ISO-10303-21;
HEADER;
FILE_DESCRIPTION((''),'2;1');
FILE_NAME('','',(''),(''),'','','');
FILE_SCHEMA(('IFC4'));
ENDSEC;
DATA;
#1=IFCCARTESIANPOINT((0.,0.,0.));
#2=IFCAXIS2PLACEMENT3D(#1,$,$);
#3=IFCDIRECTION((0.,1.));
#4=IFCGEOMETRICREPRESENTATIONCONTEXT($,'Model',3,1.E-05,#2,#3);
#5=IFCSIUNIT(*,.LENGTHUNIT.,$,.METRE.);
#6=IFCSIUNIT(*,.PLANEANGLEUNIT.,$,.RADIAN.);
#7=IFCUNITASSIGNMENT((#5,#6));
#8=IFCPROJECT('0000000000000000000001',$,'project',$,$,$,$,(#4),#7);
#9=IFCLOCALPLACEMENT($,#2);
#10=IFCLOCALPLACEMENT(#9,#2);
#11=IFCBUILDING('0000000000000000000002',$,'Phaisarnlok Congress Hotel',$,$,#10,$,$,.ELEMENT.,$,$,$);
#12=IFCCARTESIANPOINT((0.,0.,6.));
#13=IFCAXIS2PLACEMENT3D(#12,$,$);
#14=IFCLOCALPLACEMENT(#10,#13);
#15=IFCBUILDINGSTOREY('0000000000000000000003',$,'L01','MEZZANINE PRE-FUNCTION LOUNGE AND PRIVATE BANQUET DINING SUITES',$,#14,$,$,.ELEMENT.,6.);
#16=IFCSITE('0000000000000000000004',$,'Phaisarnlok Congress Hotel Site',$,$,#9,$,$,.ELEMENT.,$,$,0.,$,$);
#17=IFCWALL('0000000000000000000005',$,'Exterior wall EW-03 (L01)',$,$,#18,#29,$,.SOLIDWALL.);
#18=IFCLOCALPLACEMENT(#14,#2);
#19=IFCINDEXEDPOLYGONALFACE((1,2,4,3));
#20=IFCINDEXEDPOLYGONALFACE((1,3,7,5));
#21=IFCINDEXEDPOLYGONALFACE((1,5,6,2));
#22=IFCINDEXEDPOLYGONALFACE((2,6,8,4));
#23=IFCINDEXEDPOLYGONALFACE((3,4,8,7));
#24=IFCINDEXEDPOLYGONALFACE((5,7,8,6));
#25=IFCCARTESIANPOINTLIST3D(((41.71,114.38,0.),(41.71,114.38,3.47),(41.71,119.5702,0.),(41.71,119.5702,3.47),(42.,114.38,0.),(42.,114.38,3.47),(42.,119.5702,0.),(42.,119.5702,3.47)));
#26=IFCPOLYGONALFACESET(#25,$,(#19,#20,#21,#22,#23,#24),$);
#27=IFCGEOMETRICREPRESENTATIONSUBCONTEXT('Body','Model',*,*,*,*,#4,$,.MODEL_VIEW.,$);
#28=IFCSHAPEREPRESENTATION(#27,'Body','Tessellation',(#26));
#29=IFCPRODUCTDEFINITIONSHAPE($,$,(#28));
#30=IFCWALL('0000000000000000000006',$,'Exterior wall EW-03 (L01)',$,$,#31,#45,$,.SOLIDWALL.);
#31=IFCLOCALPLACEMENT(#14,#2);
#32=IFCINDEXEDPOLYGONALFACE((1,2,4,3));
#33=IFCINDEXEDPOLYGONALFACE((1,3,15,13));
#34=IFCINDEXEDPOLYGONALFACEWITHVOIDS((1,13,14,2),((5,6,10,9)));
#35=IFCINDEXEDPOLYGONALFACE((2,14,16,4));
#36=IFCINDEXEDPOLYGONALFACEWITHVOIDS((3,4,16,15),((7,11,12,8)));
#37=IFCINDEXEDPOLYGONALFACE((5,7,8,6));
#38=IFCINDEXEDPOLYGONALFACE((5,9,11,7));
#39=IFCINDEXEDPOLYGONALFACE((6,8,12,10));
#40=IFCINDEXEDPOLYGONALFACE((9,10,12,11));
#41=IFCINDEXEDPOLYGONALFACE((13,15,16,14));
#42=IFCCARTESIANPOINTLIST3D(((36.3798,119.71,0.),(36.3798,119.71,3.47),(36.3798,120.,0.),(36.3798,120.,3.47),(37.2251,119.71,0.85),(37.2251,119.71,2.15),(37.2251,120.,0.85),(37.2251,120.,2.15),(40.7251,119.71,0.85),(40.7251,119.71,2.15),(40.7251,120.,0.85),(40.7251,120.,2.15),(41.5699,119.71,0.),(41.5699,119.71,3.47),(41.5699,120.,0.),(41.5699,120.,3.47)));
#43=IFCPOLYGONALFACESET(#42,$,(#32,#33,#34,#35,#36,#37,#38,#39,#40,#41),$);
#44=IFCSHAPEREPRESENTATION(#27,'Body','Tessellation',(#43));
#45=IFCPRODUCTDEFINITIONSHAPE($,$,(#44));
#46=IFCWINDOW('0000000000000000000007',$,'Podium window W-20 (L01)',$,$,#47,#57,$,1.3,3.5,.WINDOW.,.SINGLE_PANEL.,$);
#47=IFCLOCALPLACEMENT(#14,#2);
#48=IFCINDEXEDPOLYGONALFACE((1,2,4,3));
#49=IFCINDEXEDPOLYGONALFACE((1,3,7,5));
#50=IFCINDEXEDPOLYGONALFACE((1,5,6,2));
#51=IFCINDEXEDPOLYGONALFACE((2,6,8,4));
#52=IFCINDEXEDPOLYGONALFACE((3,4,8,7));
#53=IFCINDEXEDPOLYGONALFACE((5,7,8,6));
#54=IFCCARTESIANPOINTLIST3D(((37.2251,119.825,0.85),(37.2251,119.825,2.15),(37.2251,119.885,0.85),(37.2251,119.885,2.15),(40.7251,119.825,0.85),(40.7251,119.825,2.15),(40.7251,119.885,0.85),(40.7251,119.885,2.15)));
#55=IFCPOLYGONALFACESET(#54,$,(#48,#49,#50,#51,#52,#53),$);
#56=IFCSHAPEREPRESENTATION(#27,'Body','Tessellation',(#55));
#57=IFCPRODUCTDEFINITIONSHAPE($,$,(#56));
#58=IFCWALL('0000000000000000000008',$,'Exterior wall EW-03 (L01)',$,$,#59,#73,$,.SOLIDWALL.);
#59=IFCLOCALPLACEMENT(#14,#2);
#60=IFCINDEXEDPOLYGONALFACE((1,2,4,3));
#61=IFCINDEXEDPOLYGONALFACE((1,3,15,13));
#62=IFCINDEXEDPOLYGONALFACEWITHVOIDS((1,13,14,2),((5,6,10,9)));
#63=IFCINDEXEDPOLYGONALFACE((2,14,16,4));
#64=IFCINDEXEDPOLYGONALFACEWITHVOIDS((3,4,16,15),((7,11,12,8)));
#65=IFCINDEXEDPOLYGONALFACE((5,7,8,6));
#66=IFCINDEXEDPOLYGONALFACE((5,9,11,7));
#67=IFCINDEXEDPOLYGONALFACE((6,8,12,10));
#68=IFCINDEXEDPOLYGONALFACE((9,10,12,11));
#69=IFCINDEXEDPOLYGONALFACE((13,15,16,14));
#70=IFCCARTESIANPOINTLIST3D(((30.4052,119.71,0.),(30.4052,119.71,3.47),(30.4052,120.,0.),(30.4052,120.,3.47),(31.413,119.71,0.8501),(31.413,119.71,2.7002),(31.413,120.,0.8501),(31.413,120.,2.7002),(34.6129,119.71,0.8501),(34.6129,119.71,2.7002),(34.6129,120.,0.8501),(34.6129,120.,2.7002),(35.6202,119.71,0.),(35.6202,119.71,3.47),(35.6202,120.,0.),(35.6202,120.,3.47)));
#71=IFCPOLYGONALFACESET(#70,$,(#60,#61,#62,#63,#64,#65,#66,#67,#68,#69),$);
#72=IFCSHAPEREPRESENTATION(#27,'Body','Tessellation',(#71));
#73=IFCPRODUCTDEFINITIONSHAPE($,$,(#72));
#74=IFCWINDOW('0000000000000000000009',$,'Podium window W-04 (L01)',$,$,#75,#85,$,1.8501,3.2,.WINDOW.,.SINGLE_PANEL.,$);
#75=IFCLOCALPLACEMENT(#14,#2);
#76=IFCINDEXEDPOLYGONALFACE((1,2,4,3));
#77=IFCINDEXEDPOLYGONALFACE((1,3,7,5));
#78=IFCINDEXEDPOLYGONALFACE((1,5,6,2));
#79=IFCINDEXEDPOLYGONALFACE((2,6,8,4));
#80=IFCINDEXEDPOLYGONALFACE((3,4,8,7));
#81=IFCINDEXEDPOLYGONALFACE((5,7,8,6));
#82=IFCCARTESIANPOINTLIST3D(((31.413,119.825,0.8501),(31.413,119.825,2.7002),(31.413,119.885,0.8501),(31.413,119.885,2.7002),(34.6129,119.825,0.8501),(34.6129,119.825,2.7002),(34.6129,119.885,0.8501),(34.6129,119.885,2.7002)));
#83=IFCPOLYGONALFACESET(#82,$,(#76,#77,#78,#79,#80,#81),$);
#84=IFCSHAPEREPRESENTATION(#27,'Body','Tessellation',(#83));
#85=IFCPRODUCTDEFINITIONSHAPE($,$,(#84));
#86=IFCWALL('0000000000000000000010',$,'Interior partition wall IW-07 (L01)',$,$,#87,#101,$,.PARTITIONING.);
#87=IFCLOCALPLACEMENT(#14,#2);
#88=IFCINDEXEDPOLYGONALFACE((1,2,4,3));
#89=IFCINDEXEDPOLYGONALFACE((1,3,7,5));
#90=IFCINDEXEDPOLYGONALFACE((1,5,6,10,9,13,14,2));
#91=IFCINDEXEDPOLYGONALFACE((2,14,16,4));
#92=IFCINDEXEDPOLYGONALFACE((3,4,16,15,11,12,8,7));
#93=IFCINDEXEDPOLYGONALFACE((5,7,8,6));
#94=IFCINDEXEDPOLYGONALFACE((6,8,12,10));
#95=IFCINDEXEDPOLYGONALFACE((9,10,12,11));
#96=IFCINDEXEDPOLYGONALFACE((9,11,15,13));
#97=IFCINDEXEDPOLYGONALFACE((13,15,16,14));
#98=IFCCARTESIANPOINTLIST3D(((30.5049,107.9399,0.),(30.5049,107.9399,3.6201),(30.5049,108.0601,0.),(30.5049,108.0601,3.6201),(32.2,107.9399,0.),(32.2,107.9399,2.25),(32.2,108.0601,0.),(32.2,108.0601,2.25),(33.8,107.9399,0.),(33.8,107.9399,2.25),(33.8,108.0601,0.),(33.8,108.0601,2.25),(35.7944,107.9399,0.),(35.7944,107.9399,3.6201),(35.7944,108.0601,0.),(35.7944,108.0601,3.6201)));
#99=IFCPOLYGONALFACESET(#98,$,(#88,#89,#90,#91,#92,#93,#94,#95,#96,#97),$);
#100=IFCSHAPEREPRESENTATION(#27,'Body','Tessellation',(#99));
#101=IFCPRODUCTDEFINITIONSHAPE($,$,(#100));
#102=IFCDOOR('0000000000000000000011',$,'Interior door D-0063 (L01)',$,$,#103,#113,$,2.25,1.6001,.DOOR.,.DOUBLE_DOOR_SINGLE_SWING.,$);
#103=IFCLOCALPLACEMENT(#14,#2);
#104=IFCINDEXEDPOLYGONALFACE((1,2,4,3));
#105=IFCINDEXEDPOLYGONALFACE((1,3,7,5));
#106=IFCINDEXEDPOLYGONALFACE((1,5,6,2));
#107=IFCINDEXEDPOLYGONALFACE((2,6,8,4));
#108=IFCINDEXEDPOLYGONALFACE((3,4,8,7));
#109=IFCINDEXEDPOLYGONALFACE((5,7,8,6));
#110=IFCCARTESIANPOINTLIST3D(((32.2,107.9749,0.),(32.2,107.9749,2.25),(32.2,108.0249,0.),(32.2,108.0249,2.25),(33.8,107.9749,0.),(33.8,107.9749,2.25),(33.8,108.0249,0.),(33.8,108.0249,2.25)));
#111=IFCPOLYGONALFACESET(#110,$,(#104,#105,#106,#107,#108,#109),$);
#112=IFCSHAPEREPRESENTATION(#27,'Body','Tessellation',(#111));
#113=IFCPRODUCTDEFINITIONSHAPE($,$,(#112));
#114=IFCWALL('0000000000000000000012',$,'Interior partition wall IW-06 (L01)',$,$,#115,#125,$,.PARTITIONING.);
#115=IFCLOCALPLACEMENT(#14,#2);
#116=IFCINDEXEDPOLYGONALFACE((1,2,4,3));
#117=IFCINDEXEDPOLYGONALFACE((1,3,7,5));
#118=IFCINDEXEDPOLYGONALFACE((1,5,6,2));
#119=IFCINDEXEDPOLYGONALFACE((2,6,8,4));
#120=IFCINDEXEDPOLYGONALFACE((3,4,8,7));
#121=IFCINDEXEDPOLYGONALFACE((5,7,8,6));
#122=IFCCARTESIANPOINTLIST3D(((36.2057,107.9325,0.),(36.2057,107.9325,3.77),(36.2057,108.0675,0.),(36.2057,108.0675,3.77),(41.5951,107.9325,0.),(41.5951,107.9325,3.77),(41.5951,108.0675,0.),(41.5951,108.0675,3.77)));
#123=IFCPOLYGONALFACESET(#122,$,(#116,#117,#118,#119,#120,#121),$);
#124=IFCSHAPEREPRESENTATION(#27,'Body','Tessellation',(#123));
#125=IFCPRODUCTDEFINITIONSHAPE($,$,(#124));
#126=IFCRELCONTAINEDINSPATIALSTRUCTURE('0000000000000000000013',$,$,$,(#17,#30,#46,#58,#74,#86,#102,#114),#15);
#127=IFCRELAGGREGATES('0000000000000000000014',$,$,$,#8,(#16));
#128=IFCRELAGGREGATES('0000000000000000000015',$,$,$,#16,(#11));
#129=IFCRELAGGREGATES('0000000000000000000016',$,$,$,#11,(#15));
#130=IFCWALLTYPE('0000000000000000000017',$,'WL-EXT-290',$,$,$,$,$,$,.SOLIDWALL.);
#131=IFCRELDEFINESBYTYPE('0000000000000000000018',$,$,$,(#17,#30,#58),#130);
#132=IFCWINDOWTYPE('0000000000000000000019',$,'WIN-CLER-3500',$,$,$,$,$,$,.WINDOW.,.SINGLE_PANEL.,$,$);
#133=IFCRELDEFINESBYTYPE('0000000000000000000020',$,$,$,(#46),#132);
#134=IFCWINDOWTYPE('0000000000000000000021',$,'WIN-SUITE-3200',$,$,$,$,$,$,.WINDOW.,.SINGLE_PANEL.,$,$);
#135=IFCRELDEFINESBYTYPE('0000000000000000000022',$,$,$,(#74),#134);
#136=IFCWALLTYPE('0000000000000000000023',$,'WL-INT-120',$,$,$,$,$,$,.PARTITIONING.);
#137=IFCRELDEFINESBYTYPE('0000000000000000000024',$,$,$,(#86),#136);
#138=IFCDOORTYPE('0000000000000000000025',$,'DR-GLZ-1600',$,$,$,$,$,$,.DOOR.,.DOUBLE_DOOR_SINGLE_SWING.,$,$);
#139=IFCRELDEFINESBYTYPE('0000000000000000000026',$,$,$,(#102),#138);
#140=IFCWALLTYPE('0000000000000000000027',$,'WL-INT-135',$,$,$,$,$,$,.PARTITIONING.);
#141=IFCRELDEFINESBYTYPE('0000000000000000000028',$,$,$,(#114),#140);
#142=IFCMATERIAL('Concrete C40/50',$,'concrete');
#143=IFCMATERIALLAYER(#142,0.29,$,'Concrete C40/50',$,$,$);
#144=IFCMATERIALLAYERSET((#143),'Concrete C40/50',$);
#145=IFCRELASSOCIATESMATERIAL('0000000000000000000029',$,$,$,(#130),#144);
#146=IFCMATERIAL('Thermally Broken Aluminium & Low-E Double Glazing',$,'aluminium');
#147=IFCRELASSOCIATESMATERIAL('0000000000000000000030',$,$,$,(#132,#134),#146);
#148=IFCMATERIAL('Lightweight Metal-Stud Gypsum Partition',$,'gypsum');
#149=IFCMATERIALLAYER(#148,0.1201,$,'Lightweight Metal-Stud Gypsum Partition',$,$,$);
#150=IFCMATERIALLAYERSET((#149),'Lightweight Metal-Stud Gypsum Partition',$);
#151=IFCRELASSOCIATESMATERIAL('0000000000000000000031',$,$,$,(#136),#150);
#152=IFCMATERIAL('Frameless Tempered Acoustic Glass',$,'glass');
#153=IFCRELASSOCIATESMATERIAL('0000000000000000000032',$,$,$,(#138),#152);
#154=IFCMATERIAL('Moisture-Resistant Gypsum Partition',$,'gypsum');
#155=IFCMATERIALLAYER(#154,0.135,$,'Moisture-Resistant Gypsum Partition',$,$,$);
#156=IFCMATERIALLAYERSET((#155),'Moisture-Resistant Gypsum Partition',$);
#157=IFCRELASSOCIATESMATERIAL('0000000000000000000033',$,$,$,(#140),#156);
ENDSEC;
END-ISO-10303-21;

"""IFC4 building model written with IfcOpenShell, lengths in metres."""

from ifc_helpers import new_model, si_unit, direction, frame, frame_2d, origin, place, context, subcontext, project, spatial, rectangle, extrude, material, layer, layer_set, type_object, element, fill, save


model = new_model("IFC4")

# Units and contexts
model_context = context("Model", 3, precision=1e-05, world=origin(), true_north=direction((0.0, 1.0)))
body_context = subcontext(model_context, "Body", "Model", "MODEL_VIEW")
ifc_project = project(units=[si_unit("LENGTHUNIT", "METRE"), si_unit("PLANEANGLEUNIT", "RADIAN")], contexts=[model_context])

# Site, building, storey
site_placement = place(None, origin())
site = spatial("IfcSite", under=ifc_project, at=site_placement, Name="Phaisarnlok Congress Hotel Site", CompositionType="ELEMENT", RefElevation=0.0)
building_placement = place(site_placement, origin())
building = spatial("IfcBuilding", under=site, at=building_placement, Name="Phaisarnlok Congress Hotel", CompositionType="ELEMENT")
storey_placement = place(building_placement, frame((0.0, 0.0, 6.0)))
storey = spatial("IfcBuildingStorey", under=building, at=storey_placement, Name="L01", Description="MEZZANINE PRE-FUNCTION LOUNGE AND PRIVATE BANQUET DINING SUITES", CompositionType="ELEMENT", Elevation=6.0)

# Shared definitions
ifc_material_1 = material(Name="Concrete C40/50", Category="concrete")

# Shared definitions
ifc_layer_1 = layer(ifc_material_1, 0.29, Name="Concrete C40/50")
ifc_layer_set_1 = layer_set([ifc_layer_1], Name="Concrete C40/50")
wall_type_1 = type_object("IfcWallType", Name="WL-EXT-290", PredefinedType="SOLIDWALL", material=ifc_layer_set_1)
ifc_material_2 = material(Name="Thermally Broken Aluminium & Low-E Double Glazing", Category="aluminium")

# Wall
wall_1_placement = place(storey_placement, frame((41.855, 114.3799, 0.0), z_axis=(0.0, 0.0, 1.0), x_axis=(0.0, 1.0, 0.0)))
element("IfcWall", 1, at=wall_1_placement, inside=storey, type_object=wall_type_1, Name="Exterior wall EW-03 (L01)", PredefinedType="SOLIDWALL", context=body_context, shape_type="SweptSolid", body=[
    extrude(rectangle(XDim=5.1902, YDim=0.29, at=frame_2d((2.5952, 0.0))), origin(), (0.0, 0.0, 1.0), 3.47),
])

# Walls, openings, windows
wall_2_placement = place(storey_placement, frame((41.5701, 119.855, 0.0), z_axis=(0.0, 0.0, 1.0), x_axis=(-1.0, 0.0, 0.0)))
wall_2 = element("IfcWall", 2, at=wall_2_placement, inside=storey, type_object=wall_type_1, Name="Exterior wall EW-03 (L01)", PredefinedType="SOLIDWALL", context=body_context, shape_type="SweptSolid", body=[
    extrude(rectangle(XDim=5.1902, YDim=0.29, at=frame_2d((2.5952, 0.0))), origin(), (0.0, 0.0, 1.0), 3.47),
])
opening_1_placement = place(wall_2_placement, frame((0.845, 0.0, 0.8501)))
opening_1 = element("IfcOpeningElement", 3, at=opening_1_placement, cuts=wall_2, PredefinedType="OPENING", context=body_context, shape_type="SweptSolid", body=[
    extrude(rectangle(XDim=3.5, YDim=1.3, at=frame_2d((1.75, 0.6499))), frame((0.0, 0.155, 0.0), z_axis=(0.0, -1.0, 0.0), x_axis=(1.0, 0.0, 0.0)), (0.0, 0.0, 1.0), 0.3101),
])
window_type_1 = type_object("IfcWindowType", Name="WIN-CLER-3500", PartitioningType="SINGLE_PANEL", PredefinedType="WINDOW", material=ifc_material_2)
window_1_placement = place(opening_1_placement, origin())
window_1 = element("IfcWindow", 4, at=window_1_placement, inside=storey, type_object=window_type_1, Name="Podium window W-20 (L01)", OverallHeight=1.3, OverallWidth=3.5, PartitioningType="SINGLE_PANEL", PredefinedType="WINDOW", context=body_context, shape_type="SweptSolid", body=[
    extrude(rectangle(XDim=3.5, YDim=1.3, at=frame_2d((1.75, 0.6499))), frame((0.0, 0.03, 0.0), z_axis=(0.0, -1.0, 0.0), x_axis=(1.0, 0.0, 0.0)), (0.0, 0.0, 1.0), 0.0601),
])
fill(opening_1, window_1)
wall_3_placement = place(storey_placement, frame((35.6201, 119.855, 0.0), z_axis=(0.0, 0.0, 1.0), x_axis=(-1.0, 0.0, 0.0)))
wall_3 = element("IfcWall", 5, at=wall_3_placement, inside=storey, type_object=wall_type_1, Name="Exterior wall EW-03 (L01)", PredefinedType="SOLIDWALL", context=body_context, shape_type="SweptSolid", body=[
    extrude(rectangle(XDim=5.2151, YDim=0.29, at=frame_2d((2.6074, 0.0))), origin(), (0.0, 0.0, 1.0), 3.47),
])
opening_2_placement = place(wall_3_placement, frame((1.0071, 0.0, 0.8501)))
opening_2 = element("IfcOpeningElement", 6, at=opening_2_placement, cuts=wall_3, PredefinedType="OPENING", context=body_context, shape_type="SweptSolid", body=[
    extrude(rectangle(XDim=3.2, YDim=1.8501, at=frame_2d((1.6001, 0.925))), frame((0.0, 0.155, 0.0), z_axis=(0.0, -1.0, 0.0), x_axis=(1.0, 0.0, 0.0)), (0.0, 0.0, 1.0), 0.3101),
])
window_type_2 = type_object("IfcWindowType", Name="WIN-SUITE-3200", PartitioningType="SINGLE_PANEL", PredefinedType="WINDOW", material=ifc_material_2)
window_2_placement = place(opening_2_placement, origin())
window_2 = element("IfcWindow", 7, at=window_2_placement, inside=storey, type_object=window_type_2, Name="Podium window W-04 (L01)", OverallHeight=1.8501, OverallWidth=3.2, PartitioningType="SINGLE_PANEL", PredefinedType="WINDOW", context=body_context, shape_type="SweptSolid", body=[
    extrude(rectangle(XDim=3.2, YDim=1.8501, at=frame_2d((1.6001, 0.925))), frame((0.0, 0.03, 0.0), z_axis=(0.0, -1.0, 0.0), x_axis=(1.0, 0.0, 0.0)), (0.0, 0.0, 1.0), 0.0601),
])
fill(opening_2, window_2)

# Wall, opening, door
ifc_material_3 = material(Name="Lightweight Metal-Stud Gypsum Partition", Category="gypsum")
ifc_layer_2 = layer(ifc_material_3, 0.1201, Name="Lightweight Metal-Stud Gypsum Partition")
ifc_layer_set_2 = layer_set([ifc_layer_2], Name="Lightweight Metal-Stud Gypsum Partition")
wall_type_2 = type_object("IfcWallType", Name="WL-INT-120", PredefinedType="PARTITIONING", material=ifc_layer_set_2)
wall_4_placement = place(storey_placement, frame((30.5049, 108.0, 0.0), z_axis=(0.0, 0.0, 1.0), x_axis=(1.0, 0.0, 0.0)))
wall_4 = element("IfcWall", 8, at=wall_4_placement, inside=storey, type_object=wall_type_2, Name="Interior partition wall IW-07 (L01)", PredefinedType="PARTITIONING", context=body_context, shape_type="SweptSolid", body=[
    extrude(rectangle(XDim=5.2896, YDim=0.1201, at=frame_2d((2.6448, 0.0))), origin(), (0.0, 0.0, 1.0), 3.6201),
])
opening_3_placement = place(wall_4_placement, frame((1.6951, 0.0, 0.0)))
opening_3 = element("IfcOpeningElement", 9, at=opening_3_placement, cuts=wall_4, PredefinedType="OPENING", context=body_context, shape_type="SweptSolid", body=[
    extrude(rectangle(XDim=1.6001, YDim=2.25, at=frame_2d((0.8, 1.125))), frame((0.0, 0.0701, 0.0), z_axis=(0.0, -1.0, 0.0), x_axis=(1.0, 0.0, 0.0)), (0.0, 0.0, 1.0), 0.1401),
])
ifc_material_4 = material(Name="Frameless Tempered Acoustic Glass", Category="glass")
door_type = type_object("IfcDoorType", Name="DR-GLZ-1600", OperationType="DOUBLE_DOOR_SINGLE_SWING", PredefinedType="DOOR", material=ifc_material_4)
door_placement = place(opening_3_placement, origin())
door = element("IfcDoor", 10, at=door_placement, inside=storey, type_object=door_type, Name="Interior door D-0063 (L01)", OperationType="DOUBLE_DOOR_SINGLE_SWING", OverallHeight=2.25, OverallWidth=1.6001, PredefinedType="DOOR", context=body_context, shape_type="SweptSolid", body=[
    extrude(rectangle(XDim=1.6001, YDim=2.25, at=frame_2d((0.8, 1.125))), frame((0.0, 0.0249, 0.0), z_axis=(0.0, -1.0, 0.0), x_axis=(1.0, 0.0, 0.0)), (0.0, 0.0, 1.0), 0.05),
])
fill(opening_3, door)

# Wall
ifc_material_5 = material(Name="Moisture-Resistant Gypsum Partition", Category="gypsum")
ifc_layer_3 = layer(ifc_material_5, 0.135, Name="Moisture-Resistant Gypsum Partition")
ifc_layer_set_3 = layer_set([ifc_layer_3], Name="Moisture-Resistant Gypsum Partition")
wall_type_3 = type_object("IfcWallType", Name="WL-INT-135", PredefinedType="PARTITIONING", material=ifc_layer_set_3)
wall_5_placement = place(storey_placement, frame((36.2056, 108.0, 0.0), z_axis=(0.0, 0.0, 1.0), x_axis=(1.0, 0.0, 0.0)))
element("IfcWall", 11, at=wall_5_placement, inside=storey, type_object=wall_type_3, Name="Interior partition wall IW-06 (L01)", PredefinedType="PARTITIONING", context=body_context, shape_type="SweptSolid", body=[
    extrude(rectangle(XDim=5.3894, YDim=0.135, at=frame_2d((2.6948, 0.0))), origin(), (0.0, 0.0, 1.0), 3.77),
])

save(model, "model.ifc")
